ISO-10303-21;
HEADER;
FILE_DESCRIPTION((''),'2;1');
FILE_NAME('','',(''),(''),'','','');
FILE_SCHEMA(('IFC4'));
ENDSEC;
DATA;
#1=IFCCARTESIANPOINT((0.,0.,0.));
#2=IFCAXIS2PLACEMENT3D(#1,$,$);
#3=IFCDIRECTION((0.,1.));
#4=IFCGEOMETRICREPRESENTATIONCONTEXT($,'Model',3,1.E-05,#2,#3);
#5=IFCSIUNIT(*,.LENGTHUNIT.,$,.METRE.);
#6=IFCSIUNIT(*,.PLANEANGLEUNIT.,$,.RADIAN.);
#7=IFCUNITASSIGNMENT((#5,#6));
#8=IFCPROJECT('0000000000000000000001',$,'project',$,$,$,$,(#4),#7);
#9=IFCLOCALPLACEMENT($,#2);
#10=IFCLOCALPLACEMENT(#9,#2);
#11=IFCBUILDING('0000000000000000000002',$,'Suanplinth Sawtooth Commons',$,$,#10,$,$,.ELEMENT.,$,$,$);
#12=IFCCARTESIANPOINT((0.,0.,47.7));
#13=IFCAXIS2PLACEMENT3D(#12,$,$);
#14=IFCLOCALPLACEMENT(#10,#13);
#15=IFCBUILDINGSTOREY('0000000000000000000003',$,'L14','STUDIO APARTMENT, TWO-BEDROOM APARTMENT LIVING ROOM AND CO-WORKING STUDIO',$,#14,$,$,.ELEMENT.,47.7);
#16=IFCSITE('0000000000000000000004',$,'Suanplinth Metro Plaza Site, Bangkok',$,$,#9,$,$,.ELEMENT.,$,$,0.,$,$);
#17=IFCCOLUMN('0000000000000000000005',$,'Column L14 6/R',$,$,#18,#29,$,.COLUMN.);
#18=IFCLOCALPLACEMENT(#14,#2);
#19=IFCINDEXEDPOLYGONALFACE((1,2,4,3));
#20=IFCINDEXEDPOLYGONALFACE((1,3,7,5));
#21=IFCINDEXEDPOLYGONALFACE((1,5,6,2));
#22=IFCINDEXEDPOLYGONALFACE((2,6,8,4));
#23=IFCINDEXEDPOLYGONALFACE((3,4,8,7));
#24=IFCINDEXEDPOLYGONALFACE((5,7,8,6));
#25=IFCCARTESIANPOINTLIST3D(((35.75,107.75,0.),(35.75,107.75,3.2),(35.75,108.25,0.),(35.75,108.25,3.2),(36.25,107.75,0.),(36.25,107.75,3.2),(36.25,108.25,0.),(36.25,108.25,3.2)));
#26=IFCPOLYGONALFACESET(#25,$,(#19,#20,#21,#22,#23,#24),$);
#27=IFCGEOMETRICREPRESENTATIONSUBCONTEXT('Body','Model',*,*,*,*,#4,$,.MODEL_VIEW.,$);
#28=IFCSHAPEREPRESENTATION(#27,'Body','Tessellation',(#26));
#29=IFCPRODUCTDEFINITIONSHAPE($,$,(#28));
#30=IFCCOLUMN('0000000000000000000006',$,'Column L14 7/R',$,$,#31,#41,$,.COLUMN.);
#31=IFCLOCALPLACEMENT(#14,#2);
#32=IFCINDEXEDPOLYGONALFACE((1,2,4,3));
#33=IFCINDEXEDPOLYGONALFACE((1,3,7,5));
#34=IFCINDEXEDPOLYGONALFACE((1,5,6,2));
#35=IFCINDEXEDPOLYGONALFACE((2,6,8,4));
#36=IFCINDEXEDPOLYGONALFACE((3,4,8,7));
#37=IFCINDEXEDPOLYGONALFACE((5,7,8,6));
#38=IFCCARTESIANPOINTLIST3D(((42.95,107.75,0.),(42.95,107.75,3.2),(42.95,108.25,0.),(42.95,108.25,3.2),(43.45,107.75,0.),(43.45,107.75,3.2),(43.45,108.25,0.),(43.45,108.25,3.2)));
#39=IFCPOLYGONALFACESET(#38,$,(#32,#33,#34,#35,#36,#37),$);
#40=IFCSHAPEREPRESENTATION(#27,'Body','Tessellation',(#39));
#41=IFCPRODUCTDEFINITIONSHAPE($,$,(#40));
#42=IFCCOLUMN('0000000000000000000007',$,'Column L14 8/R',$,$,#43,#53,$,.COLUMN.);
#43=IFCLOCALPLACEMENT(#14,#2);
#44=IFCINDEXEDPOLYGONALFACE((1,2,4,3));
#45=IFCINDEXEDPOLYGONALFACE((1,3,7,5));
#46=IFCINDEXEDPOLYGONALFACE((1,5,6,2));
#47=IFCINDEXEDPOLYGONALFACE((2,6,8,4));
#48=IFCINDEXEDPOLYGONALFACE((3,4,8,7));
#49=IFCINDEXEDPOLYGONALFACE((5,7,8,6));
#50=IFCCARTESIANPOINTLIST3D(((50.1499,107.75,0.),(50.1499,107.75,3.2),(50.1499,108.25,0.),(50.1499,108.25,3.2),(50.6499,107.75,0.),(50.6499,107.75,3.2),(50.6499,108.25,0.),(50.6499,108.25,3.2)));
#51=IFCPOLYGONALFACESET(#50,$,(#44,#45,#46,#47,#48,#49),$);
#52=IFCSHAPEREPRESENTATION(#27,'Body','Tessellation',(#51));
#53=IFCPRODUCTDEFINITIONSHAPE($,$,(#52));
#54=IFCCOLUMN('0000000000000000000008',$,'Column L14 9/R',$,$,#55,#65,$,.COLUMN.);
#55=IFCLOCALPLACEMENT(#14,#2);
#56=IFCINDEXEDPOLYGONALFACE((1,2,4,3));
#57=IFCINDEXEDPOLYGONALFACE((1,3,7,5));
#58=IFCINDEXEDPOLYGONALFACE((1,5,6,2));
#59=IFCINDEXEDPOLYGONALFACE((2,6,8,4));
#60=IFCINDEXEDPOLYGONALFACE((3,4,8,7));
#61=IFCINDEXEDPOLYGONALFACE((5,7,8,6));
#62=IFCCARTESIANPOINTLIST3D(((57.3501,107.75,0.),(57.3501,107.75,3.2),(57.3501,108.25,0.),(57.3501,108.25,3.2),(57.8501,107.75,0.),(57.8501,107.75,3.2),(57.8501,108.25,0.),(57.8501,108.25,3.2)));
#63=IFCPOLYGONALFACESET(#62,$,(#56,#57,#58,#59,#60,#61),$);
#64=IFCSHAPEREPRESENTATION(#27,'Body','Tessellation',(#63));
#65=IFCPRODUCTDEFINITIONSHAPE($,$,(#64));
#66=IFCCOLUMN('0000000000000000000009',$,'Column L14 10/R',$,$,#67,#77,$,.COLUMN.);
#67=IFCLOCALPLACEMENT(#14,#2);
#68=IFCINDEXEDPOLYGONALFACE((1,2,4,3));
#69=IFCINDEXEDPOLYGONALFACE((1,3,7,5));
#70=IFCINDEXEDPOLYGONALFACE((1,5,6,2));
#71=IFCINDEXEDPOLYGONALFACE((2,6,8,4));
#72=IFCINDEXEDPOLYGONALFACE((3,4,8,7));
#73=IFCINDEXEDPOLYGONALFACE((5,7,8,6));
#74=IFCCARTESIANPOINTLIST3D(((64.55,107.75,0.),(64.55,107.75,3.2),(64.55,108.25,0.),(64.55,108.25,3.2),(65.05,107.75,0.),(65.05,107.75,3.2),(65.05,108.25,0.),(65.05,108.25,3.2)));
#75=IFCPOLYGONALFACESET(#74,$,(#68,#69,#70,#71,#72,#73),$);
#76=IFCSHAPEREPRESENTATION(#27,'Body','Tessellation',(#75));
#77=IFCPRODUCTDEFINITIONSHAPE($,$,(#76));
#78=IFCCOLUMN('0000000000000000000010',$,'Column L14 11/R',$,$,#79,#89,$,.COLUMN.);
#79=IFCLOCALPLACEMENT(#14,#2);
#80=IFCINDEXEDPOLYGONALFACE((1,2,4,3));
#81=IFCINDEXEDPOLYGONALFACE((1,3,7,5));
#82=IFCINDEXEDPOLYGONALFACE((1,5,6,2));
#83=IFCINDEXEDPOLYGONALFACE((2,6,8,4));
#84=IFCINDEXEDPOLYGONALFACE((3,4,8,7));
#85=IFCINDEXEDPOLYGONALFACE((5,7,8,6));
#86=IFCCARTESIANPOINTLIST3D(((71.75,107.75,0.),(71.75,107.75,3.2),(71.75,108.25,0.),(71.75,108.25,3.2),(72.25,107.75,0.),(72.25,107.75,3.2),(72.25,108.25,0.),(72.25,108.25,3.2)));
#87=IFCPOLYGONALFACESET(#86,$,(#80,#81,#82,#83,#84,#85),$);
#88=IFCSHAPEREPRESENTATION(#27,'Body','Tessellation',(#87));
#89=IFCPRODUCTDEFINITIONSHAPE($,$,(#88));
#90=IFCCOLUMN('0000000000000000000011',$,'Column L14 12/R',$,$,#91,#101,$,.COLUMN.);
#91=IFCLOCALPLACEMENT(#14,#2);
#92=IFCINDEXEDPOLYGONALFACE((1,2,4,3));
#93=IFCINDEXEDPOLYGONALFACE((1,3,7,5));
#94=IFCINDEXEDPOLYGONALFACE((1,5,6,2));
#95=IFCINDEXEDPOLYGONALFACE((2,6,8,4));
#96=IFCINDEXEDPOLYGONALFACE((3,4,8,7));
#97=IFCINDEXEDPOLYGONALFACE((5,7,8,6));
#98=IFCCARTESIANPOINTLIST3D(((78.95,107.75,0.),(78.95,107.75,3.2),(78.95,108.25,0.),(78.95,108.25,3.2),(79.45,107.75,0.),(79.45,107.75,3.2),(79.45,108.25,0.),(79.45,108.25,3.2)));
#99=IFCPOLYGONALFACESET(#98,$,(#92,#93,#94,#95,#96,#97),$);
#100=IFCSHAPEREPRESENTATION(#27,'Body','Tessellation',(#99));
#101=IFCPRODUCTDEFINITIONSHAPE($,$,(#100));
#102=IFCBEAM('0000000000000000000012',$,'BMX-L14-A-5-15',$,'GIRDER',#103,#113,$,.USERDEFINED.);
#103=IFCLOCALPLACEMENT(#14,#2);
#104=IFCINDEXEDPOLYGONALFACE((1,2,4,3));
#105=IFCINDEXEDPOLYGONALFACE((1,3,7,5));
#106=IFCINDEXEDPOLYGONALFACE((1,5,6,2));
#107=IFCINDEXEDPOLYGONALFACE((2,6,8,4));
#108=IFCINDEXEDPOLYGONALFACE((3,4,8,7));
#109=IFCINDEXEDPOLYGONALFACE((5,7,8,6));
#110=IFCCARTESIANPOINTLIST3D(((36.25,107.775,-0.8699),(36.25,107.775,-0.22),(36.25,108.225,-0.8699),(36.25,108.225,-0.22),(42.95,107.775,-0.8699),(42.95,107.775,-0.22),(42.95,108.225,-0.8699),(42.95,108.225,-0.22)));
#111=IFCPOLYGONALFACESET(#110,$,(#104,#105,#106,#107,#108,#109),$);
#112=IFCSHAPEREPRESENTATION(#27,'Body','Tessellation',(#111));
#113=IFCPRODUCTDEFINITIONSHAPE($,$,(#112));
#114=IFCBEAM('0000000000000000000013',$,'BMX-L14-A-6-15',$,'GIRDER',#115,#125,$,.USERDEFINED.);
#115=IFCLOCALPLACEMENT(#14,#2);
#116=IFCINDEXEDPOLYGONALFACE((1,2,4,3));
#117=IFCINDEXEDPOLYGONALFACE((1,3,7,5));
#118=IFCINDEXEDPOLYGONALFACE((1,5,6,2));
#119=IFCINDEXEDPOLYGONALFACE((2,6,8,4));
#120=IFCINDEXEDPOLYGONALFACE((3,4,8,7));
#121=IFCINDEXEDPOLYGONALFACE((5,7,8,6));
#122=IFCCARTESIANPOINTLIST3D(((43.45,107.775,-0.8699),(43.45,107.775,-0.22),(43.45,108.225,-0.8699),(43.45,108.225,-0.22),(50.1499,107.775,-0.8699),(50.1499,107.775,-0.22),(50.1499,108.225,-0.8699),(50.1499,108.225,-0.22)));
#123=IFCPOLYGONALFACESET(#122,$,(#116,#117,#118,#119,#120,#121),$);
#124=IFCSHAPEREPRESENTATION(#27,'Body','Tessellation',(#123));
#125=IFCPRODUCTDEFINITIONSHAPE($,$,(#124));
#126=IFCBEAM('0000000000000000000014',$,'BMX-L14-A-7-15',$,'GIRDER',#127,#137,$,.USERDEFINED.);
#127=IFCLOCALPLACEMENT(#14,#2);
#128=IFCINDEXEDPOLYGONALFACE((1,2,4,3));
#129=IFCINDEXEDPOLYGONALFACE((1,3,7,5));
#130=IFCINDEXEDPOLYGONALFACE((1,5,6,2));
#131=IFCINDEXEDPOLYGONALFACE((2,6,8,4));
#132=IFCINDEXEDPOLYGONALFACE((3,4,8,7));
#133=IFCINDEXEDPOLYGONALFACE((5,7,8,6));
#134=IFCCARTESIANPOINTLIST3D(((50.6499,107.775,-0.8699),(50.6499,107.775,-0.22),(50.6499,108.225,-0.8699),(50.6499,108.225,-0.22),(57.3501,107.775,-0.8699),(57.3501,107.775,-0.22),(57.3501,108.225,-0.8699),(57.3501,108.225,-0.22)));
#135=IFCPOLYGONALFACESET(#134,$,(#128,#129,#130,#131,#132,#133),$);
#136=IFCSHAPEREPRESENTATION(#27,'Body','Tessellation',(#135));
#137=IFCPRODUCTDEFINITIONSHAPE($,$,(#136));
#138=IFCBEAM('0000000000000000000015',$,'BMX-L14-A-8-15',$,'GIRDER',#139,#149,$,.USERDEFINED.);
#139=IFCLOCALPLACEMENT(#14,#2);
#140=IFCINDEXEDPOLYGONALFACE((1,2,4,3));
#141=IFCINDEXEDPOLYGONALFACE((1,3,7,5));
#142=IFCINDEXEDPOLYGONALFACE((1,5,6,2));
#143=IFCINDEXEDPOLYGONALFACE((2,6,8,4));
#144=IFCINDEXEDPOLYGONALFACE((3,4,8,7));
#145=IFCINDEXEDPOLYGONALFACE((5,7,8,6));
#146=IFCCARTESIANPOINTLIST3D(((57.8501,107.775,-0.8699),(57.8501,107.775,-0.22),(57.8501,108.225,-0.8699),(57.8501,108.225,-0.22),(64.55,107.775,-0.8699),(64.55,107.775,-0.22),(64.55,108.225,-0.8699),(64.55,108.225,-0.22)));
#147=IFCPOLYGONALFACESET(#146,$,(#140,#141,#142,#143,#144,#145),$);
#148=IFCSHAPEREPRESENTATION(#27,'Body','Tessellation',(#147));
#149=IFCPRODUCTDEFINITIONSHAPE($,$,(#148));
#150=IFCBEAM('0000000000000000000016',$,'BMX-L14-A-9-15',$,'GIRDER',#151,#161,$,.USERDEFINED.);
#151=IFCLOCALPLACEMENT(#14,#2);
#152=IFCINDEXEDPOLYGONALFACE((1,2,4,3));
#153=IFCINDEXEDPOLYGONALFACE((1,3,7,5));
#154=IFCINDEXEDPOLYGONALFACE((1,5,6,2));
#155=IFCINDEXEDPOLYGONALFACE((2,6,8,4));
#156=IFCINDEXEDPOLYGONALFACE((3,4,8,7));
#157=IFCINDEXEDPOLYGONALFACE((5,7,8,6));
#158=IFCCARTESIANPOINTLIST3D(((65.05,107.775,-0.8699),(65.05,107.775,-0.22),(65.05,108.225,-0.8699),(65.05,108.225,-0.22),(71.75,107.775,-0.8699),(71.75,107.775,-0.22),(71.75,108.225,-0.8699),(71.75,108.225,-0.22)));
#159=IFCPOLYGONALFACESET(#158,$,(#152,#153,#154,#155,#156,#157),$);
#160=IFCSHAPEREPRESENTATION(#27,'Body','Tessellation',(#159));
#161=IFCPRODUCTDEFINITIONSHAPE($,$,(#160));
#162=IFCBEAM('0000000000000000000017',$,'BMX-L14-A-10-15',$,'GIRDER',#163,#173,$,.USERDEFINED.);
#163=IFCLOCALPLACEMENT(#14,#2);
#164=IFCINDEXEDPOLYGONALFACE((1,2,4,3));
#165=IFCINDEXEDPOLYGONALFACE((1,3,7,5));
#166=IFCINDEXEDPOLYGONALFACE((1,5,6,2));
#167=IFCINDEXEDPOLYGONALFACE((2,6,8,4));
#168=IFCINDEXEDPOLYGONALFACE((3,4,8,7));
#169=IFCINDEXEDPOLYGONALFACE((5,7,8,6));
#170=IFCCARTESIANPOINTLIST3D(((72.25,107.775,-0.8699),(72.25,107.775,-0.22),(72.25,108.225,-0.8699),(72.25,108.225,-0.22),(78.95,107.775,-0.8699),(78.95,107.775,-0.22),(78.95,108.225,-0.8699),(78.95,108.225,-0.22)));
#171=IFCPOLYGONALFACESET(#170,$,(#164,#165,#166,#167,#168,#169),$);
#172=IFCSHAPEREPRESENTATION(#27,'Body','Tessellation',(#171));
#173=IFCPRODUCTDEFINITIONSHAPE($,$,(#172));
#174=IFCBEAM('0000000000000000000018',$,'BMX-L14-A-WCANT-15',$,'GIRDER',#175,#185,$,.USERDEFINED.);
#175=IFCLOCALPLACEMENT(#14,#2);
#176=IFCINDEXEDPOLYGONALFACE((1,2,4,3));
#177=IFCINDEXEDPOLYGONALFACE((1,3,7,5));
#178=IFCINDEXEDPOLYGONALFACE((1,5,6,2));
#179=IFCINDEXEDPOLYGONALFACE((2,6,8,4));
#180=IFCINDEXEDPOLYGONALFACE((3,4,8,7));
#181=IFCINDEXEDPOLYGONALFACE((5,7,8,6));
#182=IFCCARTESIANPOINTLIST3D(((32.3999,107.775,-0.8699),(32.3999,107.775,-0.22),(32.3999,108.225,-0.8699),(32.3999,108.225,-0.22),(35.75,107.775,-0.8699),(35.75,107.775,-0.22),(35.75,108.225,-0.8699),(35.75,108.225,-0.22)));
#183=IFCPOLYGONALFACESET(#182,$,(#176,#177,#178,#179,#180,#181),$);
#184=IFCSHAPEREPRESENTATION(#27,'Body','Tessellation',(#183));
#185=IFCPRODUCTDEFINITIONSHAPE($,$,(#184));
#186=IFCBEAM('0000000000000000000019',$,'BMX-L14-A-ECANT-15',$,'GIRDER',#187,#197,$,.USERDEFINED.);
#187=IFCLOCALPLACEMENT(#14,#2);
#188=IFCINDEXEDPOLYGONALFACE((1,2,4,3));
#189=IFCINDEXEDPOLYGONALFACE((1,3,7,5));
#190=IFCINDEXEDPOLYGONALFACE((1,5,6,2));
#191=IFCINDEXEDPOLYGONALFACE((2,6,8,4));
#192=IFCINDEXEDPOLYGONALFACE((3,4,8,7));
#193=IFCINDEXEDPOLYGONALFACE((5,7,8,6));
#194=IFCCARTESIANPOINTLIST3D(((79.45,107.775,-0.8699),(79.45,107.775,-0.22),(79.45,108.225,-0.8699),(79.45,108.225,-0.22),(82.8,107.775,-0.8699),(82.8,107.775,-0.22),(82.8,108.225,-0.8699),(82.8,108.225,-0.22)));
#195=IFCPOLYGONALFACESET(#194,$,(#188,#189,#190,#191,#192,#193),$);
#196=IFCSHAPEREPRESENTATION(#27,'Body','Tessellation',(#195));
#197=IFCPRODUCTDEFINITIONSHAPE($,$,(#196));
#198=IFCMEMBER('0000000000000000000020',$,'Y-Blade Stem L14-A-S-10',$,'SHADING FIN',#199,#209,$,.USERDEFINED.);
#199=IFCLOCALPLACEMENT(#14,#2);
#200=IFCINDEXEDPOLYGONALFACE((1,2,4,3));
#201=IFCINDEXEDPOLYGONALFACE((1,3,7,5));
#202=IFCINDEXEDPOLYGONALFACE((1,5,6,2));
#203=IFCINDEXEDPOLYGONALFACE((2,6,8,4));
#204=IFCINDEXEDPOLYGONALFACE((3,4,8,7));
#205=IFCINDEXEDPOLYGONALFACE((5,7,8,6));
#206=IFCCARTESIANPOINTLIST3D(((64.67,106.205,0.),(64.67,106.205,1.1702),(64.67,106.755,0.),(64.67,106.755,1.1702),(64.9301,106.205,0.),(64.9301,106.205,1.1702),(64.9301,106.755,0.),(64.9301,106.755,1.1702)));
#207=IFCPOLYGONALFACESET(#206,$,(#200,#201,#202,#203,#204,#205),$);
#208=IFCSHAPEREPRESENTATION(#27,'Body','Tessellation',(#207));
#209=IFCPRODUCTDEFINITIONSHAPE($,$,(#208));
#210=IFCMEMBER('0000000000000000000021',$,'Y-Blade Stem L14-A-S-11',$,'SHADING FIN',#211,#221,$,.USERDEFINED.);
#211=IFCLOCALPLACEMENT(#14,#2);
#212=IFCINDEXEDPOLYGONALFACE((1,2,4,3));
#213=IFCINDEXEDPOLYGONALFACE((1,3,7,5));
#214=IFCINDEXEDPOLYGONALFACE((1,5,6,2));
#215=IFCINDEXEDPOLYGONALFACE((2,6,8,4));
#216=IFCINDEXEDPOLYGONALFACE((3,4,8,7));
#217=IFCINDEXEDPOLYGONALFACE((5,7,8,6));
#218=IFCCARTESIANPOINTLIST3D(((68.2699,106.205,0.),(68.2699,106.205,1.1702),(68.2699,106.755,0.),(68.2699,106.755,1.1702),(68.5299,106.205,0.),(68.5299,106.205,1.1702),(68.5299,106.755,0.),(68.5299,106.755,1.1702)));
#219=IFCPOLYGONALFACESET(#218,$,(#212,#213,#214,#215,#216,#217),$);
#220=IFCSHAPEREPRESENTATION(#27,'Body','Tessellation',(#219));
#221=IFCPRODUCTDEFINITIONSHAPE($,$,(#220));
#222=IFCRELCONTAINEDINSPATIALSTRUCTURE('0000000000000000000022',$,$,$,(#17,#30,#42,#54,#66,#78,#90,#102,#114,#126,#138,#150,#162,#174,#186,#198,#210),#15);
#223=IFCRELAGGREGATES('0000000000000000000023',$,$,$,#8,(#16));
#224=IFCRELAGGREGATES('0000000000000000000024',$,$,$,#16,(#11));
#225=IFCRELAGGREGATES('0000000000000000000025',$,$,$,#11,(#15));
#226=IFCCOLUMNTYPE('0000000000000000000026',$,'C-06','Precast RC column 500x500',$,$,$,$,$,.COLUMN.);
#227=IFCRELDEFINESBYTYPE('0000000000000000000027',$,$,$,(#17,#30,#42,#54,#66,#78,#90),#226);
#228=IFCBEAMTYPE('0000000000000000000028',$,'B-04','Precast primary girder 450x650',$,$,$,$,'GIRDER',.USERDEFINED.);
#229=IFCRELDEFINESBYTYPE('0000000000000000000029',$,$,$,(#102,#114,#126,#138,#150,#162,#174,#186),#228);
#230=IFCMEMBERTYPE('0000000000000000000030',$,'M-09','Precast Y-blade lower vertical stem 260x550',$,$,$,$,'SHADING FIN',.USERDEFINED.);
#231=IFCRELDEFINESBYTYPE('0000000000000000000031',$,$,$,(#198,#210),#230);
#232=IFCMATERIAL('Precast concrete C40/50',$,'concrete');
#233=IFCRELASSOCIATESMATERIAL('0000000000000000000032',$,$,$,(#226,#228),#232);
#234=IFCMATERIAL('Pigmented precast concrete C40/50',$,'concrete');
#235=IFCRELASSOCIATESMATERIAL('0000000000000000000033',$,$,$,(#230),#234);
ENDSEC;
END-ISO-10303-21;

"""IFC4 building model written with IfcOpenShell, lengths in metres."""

from ifc_helpers import new_model, si_unit, direction, frame, origin, origin_2d, place, context, subcontext, project, spatial, rectangle, extrude, material, material_profile, profile_set, type_object, element, save


model = new_model("IFC4")

# Units and contexts
model_context = context("Model", 3, precision=1e-05, world=origin(), true_north=direction((0.0, 1.0)))
body_context = subcontext(model_context, "Body", "Model", "MODEL_VIEW")
ifc_project = project(units=[si_unit("LENGTHUNIT", "METRE"), si_unit("PLANEANGLEUNIT", "RADIAN")], contexts=[model_context])

# Site, building, storey
site_placement = place(None, origin())
site = spatial("IfcSite", under=ifc_project, at=site_placement, Name="Suanplinth Metro Plaza Site, Bangkok", CompositionType="ELEMENT", RefElevation=0.0)
building_placement = place(site_placement, origin())
building = spatial("IfcBuilding", under=site, at=building_placement, Name="Suanplinth Sawtooth Commons", CompositionType="ELEMENT")
storey_placement = place(building_placement, frame((0.0, 0.0, 47.7)))
storey = spatial("IfcBuildingStorey", under=building, at=storey_placement, Name="L14", Description="STUDIO APARTMENT, TWO-BEDROOM APARTMENT LIVING ROOM AND CO-WORKING STUDIO", CompositionType="ELEMENT", Elevation=47.7)

# Columns
ifc_material_1 = material(Name="Precast concrete C40/50", Category="concrete")
ifc_material_profile_1 = material_profile(ifc_material_1, rectangle(XDim=0.5, YDim=0.5, at=origin_2d()), Name="PC-COL 500x500")
ifc_profile_set_1 = profile_set([ifc_material_profile_1], Name="Precast concrete C40/50")
column_type = type_object("IfcColumnType", Name="C-06", Description="Precast RC column 500x500", PredefinedType="COLUMN", material=ifc_profile_set_1)
for number, where, z_axis, x_axis, name in (
    (1, (36.0, 108.0, 0.0), (0.0, 0.0, 1.0), (1.0, 0.0, 0.0), "Column L14 6/R"),
    (2, (43.2, 108.0, 0.0), (0.0, 0.0, 1.0), (1.0, 0.0, 0.0), "Column L14 7/R"),
    (3, (50.3999, 108.0, 0.0), (0.0, 0.0, 1.0), (1.0, 0.0, 0.0), "Column L14 8/R"),
    (4, (57.6001, 108.0, 0.0), (0.0, 0.0, 1.0), (1.0, 0.0, 0.0), "Column L14 9/R"),
    (5, (64.8, 108.0, 0.0), (0.0, 0.0, 1.0), (1.0, 0.0, 0.0), "Column L14 10/R"),
    (6, (72.0, 108.0, 0.0), (0.0, 0.0, 1.0), (1.0, 0.0, 0.0), "Column L14 11/R"),
    (7, (79.2, 108.0, 0.0), (0.0, 0.0, 1.0), (1.0, 0.0, 0.0), "Column L14 12/R"),
):
    element("IfcColumn", number, at=place(storey_placement, frame(where, z_axis=z_axis, x_axis=x_axis)), inside=storey, type_object=column_type, Name=name, PredefinedType="COLUMN", context=body_context, shape_type="SweptSolid", body=[
        extrude(rectangle(XDim=0.5, YDim=0.5, at=origin_2d()), origin(), (0.0, 0.0, 1.0), 3.2),
    ])

# Beams
ifc_material_profile_2 = material_profile(ifc_material_1, rectangle(XDim=0.45, YDim=0.6499, at=origin_2d()), Name="PC-GDR 450x650")
ifc_profile_set_2 = profile_set([ifc_material_profile_2], Name="Precast concrete C40/50")
beam_type = type_object("IfcBeamType", Name="B-04", Description="Precast primary girder 450x650", ElementType="GIRDER", PredefinedType="USERDEFINED", material=ifc_profile_set_2)
for number, where, z_axis, x_axis, name in (
    (8, (36.25, 108.0, -0.5449), (1.0, 0.0, 0.0), (0.0, 1.0, 0.0), "BMX-L14-A-5-15"),
    (9, (43.45, 108.0, -0.5449), (1.0, 0.0, 0.0), (0.0, 1.0, 0.0), "BMX-L14-A-6-15"),
):
    element("IfcBeam", number, at=place(storey_placement, frame(where, z_axis=z_axis, x_axis=x_axis)), inside=storey, type_object=beam_type, Name=name, ObjectType="GIRDER", PredefinedType="USERDEFINED", context=body_context, shape_type="SweptSolid", body=[
        extrude(rectangle(XDim=0.45, YDim=0.6499, at=origin_2d()), origin(), (0.0, 0.0, 1.0), 6.7),
    ])
beam_placement = place(storey_placement, frame((50.6499, 108.0, -0.5449), z_axis=(1.0, 0.0, 0.0), x_axis=(0.0, 1.0, 0.0)))
element("IfcBeam", 10, at=beam_placement, inside=storey, type_object=beam_type, Name="BMX-L14-A-7-15", ObjectType="GIRDER", PredefinedType="USERDEFINED", context=body_context, shape_type="SweptSolid", body=[
    extrude(rectangle(XDim=0.45, YDim=0.6499, at=origin_2d()), origin(), (0.0, 0.0, 1.0), 6.7002),
])
for number, where, z_axis, x_axis, name in (
    (11, (57.8501, 108.0, -0.5449), (1.0, 0.0, 0.0), (0.0, 1.0, 0.0), "BMX-L14-A-8-15"),
    (12, (65.05, 108.0, -0.5449), (1.0, 0.0, 0.0), (0.0, 1.0, 0.0), "BMX-L14-A-9-15"),
    (13, (72.25, 108.0, -0.5449), (1.0, 0.0, 0.0), (0.0, 1.0, 0.0), "BMX-L14-A-10-15"),
):
    element("IfcBeam", number, at=place(storey_placement, frame(where, z_axis=z_axis, x_axis=x_axis)), inside=storey, type_object=beam_type, Name=name, ObjectType="GIRDER", PredefinedType="USERDEFINED", context=body_context, shape_type="SweptSolid", body=[
        extrude(rectangle(XDim=0.45, YDim=0.6499, at=origin_2d()), origin(), (0.0, 0.0, 1.0), 6.7),
    ])
for number, where, z_axis, x_axis, name in (
    (14, (35.75, 108.0, -0.5449), (-1.0, 0.0, 0.0), (0.0, -1.0, 0.0), "BMX-L14-A-WCANT-15"),
    (15, (79.45, 108.0, -0.5449), (1.0, 0.0, 0.0), (0.0, 1.0, 0.0), "BMX-L14-A-ECANT-15"),
):
    element("IfcBeam", number, at=place(storey_placement, frame(where, z_axis=z_axis, x_axis=x_axis)), inside=storey, type_object=beam_type, Name=name, ObjectType="GIRDER", PredefinedType="USERDEFINED", context=body_context, shape_type="SweptSolid", body=[
        extrude(rectangle(XDim=0.45, YDim=0.6499, at=origin_2d()), origin(), (0.0, 0.0, 1.0), 3.3501),
    ])

# Members
ifc_material_2 = material(Name="Pigmented precast concrete C40/50", Category="concrete")
ifc_material_profile_3 = material_profile(ifc_material_2, rectangle(XDim=0.26, YDim=0.55, at=origin_2d()), Name="PC-FIN 260x550")
ifc_profile_set_3 = profile_set([ifc_material_profile_3], Name="Pigmented precast concrete C40/50")
member_type_1 = type_object("IfcMemberType", Name="M-09", Description="Precast Y-blade lower vertical stem 260x550", ElementType="SHADING FIN", PredefinedType="USERDEFINED", material=ifc_profile_set_3)
for number, where, z_axis, x_axis, name in (
    (16, (64.8, 106.48, 0.0), (0.0, 0.0, 1.0), (1.0, 0.0, 0.0), "Y-Blade Stem L14-A-S-10"),
    (17, (68.3999, 106.48, 0.0), (0.0, 0.0, 1.0), (1.0, 0.0, 0.0), "Y-Blade Stem L14-A-S-11"),
):
    element("IfcMember", number, at=place(storey_placement, frame(where, z_axis=z_axis, x_axis=x_axis)), inside=storey, type_object=member_type_1, Name=name, ObjectType="SHADING FIN", PredefinedType="USERDEFINED", context=body_context, shape_type="SweptSolid", body=[
        extrude(rectangle(XDim=0.26, YDim=0.55, at=origin_2d()), origin(), (0.0, 0.0, 1.0), 1.1702),
    ])

save(model, "model.ifc")
